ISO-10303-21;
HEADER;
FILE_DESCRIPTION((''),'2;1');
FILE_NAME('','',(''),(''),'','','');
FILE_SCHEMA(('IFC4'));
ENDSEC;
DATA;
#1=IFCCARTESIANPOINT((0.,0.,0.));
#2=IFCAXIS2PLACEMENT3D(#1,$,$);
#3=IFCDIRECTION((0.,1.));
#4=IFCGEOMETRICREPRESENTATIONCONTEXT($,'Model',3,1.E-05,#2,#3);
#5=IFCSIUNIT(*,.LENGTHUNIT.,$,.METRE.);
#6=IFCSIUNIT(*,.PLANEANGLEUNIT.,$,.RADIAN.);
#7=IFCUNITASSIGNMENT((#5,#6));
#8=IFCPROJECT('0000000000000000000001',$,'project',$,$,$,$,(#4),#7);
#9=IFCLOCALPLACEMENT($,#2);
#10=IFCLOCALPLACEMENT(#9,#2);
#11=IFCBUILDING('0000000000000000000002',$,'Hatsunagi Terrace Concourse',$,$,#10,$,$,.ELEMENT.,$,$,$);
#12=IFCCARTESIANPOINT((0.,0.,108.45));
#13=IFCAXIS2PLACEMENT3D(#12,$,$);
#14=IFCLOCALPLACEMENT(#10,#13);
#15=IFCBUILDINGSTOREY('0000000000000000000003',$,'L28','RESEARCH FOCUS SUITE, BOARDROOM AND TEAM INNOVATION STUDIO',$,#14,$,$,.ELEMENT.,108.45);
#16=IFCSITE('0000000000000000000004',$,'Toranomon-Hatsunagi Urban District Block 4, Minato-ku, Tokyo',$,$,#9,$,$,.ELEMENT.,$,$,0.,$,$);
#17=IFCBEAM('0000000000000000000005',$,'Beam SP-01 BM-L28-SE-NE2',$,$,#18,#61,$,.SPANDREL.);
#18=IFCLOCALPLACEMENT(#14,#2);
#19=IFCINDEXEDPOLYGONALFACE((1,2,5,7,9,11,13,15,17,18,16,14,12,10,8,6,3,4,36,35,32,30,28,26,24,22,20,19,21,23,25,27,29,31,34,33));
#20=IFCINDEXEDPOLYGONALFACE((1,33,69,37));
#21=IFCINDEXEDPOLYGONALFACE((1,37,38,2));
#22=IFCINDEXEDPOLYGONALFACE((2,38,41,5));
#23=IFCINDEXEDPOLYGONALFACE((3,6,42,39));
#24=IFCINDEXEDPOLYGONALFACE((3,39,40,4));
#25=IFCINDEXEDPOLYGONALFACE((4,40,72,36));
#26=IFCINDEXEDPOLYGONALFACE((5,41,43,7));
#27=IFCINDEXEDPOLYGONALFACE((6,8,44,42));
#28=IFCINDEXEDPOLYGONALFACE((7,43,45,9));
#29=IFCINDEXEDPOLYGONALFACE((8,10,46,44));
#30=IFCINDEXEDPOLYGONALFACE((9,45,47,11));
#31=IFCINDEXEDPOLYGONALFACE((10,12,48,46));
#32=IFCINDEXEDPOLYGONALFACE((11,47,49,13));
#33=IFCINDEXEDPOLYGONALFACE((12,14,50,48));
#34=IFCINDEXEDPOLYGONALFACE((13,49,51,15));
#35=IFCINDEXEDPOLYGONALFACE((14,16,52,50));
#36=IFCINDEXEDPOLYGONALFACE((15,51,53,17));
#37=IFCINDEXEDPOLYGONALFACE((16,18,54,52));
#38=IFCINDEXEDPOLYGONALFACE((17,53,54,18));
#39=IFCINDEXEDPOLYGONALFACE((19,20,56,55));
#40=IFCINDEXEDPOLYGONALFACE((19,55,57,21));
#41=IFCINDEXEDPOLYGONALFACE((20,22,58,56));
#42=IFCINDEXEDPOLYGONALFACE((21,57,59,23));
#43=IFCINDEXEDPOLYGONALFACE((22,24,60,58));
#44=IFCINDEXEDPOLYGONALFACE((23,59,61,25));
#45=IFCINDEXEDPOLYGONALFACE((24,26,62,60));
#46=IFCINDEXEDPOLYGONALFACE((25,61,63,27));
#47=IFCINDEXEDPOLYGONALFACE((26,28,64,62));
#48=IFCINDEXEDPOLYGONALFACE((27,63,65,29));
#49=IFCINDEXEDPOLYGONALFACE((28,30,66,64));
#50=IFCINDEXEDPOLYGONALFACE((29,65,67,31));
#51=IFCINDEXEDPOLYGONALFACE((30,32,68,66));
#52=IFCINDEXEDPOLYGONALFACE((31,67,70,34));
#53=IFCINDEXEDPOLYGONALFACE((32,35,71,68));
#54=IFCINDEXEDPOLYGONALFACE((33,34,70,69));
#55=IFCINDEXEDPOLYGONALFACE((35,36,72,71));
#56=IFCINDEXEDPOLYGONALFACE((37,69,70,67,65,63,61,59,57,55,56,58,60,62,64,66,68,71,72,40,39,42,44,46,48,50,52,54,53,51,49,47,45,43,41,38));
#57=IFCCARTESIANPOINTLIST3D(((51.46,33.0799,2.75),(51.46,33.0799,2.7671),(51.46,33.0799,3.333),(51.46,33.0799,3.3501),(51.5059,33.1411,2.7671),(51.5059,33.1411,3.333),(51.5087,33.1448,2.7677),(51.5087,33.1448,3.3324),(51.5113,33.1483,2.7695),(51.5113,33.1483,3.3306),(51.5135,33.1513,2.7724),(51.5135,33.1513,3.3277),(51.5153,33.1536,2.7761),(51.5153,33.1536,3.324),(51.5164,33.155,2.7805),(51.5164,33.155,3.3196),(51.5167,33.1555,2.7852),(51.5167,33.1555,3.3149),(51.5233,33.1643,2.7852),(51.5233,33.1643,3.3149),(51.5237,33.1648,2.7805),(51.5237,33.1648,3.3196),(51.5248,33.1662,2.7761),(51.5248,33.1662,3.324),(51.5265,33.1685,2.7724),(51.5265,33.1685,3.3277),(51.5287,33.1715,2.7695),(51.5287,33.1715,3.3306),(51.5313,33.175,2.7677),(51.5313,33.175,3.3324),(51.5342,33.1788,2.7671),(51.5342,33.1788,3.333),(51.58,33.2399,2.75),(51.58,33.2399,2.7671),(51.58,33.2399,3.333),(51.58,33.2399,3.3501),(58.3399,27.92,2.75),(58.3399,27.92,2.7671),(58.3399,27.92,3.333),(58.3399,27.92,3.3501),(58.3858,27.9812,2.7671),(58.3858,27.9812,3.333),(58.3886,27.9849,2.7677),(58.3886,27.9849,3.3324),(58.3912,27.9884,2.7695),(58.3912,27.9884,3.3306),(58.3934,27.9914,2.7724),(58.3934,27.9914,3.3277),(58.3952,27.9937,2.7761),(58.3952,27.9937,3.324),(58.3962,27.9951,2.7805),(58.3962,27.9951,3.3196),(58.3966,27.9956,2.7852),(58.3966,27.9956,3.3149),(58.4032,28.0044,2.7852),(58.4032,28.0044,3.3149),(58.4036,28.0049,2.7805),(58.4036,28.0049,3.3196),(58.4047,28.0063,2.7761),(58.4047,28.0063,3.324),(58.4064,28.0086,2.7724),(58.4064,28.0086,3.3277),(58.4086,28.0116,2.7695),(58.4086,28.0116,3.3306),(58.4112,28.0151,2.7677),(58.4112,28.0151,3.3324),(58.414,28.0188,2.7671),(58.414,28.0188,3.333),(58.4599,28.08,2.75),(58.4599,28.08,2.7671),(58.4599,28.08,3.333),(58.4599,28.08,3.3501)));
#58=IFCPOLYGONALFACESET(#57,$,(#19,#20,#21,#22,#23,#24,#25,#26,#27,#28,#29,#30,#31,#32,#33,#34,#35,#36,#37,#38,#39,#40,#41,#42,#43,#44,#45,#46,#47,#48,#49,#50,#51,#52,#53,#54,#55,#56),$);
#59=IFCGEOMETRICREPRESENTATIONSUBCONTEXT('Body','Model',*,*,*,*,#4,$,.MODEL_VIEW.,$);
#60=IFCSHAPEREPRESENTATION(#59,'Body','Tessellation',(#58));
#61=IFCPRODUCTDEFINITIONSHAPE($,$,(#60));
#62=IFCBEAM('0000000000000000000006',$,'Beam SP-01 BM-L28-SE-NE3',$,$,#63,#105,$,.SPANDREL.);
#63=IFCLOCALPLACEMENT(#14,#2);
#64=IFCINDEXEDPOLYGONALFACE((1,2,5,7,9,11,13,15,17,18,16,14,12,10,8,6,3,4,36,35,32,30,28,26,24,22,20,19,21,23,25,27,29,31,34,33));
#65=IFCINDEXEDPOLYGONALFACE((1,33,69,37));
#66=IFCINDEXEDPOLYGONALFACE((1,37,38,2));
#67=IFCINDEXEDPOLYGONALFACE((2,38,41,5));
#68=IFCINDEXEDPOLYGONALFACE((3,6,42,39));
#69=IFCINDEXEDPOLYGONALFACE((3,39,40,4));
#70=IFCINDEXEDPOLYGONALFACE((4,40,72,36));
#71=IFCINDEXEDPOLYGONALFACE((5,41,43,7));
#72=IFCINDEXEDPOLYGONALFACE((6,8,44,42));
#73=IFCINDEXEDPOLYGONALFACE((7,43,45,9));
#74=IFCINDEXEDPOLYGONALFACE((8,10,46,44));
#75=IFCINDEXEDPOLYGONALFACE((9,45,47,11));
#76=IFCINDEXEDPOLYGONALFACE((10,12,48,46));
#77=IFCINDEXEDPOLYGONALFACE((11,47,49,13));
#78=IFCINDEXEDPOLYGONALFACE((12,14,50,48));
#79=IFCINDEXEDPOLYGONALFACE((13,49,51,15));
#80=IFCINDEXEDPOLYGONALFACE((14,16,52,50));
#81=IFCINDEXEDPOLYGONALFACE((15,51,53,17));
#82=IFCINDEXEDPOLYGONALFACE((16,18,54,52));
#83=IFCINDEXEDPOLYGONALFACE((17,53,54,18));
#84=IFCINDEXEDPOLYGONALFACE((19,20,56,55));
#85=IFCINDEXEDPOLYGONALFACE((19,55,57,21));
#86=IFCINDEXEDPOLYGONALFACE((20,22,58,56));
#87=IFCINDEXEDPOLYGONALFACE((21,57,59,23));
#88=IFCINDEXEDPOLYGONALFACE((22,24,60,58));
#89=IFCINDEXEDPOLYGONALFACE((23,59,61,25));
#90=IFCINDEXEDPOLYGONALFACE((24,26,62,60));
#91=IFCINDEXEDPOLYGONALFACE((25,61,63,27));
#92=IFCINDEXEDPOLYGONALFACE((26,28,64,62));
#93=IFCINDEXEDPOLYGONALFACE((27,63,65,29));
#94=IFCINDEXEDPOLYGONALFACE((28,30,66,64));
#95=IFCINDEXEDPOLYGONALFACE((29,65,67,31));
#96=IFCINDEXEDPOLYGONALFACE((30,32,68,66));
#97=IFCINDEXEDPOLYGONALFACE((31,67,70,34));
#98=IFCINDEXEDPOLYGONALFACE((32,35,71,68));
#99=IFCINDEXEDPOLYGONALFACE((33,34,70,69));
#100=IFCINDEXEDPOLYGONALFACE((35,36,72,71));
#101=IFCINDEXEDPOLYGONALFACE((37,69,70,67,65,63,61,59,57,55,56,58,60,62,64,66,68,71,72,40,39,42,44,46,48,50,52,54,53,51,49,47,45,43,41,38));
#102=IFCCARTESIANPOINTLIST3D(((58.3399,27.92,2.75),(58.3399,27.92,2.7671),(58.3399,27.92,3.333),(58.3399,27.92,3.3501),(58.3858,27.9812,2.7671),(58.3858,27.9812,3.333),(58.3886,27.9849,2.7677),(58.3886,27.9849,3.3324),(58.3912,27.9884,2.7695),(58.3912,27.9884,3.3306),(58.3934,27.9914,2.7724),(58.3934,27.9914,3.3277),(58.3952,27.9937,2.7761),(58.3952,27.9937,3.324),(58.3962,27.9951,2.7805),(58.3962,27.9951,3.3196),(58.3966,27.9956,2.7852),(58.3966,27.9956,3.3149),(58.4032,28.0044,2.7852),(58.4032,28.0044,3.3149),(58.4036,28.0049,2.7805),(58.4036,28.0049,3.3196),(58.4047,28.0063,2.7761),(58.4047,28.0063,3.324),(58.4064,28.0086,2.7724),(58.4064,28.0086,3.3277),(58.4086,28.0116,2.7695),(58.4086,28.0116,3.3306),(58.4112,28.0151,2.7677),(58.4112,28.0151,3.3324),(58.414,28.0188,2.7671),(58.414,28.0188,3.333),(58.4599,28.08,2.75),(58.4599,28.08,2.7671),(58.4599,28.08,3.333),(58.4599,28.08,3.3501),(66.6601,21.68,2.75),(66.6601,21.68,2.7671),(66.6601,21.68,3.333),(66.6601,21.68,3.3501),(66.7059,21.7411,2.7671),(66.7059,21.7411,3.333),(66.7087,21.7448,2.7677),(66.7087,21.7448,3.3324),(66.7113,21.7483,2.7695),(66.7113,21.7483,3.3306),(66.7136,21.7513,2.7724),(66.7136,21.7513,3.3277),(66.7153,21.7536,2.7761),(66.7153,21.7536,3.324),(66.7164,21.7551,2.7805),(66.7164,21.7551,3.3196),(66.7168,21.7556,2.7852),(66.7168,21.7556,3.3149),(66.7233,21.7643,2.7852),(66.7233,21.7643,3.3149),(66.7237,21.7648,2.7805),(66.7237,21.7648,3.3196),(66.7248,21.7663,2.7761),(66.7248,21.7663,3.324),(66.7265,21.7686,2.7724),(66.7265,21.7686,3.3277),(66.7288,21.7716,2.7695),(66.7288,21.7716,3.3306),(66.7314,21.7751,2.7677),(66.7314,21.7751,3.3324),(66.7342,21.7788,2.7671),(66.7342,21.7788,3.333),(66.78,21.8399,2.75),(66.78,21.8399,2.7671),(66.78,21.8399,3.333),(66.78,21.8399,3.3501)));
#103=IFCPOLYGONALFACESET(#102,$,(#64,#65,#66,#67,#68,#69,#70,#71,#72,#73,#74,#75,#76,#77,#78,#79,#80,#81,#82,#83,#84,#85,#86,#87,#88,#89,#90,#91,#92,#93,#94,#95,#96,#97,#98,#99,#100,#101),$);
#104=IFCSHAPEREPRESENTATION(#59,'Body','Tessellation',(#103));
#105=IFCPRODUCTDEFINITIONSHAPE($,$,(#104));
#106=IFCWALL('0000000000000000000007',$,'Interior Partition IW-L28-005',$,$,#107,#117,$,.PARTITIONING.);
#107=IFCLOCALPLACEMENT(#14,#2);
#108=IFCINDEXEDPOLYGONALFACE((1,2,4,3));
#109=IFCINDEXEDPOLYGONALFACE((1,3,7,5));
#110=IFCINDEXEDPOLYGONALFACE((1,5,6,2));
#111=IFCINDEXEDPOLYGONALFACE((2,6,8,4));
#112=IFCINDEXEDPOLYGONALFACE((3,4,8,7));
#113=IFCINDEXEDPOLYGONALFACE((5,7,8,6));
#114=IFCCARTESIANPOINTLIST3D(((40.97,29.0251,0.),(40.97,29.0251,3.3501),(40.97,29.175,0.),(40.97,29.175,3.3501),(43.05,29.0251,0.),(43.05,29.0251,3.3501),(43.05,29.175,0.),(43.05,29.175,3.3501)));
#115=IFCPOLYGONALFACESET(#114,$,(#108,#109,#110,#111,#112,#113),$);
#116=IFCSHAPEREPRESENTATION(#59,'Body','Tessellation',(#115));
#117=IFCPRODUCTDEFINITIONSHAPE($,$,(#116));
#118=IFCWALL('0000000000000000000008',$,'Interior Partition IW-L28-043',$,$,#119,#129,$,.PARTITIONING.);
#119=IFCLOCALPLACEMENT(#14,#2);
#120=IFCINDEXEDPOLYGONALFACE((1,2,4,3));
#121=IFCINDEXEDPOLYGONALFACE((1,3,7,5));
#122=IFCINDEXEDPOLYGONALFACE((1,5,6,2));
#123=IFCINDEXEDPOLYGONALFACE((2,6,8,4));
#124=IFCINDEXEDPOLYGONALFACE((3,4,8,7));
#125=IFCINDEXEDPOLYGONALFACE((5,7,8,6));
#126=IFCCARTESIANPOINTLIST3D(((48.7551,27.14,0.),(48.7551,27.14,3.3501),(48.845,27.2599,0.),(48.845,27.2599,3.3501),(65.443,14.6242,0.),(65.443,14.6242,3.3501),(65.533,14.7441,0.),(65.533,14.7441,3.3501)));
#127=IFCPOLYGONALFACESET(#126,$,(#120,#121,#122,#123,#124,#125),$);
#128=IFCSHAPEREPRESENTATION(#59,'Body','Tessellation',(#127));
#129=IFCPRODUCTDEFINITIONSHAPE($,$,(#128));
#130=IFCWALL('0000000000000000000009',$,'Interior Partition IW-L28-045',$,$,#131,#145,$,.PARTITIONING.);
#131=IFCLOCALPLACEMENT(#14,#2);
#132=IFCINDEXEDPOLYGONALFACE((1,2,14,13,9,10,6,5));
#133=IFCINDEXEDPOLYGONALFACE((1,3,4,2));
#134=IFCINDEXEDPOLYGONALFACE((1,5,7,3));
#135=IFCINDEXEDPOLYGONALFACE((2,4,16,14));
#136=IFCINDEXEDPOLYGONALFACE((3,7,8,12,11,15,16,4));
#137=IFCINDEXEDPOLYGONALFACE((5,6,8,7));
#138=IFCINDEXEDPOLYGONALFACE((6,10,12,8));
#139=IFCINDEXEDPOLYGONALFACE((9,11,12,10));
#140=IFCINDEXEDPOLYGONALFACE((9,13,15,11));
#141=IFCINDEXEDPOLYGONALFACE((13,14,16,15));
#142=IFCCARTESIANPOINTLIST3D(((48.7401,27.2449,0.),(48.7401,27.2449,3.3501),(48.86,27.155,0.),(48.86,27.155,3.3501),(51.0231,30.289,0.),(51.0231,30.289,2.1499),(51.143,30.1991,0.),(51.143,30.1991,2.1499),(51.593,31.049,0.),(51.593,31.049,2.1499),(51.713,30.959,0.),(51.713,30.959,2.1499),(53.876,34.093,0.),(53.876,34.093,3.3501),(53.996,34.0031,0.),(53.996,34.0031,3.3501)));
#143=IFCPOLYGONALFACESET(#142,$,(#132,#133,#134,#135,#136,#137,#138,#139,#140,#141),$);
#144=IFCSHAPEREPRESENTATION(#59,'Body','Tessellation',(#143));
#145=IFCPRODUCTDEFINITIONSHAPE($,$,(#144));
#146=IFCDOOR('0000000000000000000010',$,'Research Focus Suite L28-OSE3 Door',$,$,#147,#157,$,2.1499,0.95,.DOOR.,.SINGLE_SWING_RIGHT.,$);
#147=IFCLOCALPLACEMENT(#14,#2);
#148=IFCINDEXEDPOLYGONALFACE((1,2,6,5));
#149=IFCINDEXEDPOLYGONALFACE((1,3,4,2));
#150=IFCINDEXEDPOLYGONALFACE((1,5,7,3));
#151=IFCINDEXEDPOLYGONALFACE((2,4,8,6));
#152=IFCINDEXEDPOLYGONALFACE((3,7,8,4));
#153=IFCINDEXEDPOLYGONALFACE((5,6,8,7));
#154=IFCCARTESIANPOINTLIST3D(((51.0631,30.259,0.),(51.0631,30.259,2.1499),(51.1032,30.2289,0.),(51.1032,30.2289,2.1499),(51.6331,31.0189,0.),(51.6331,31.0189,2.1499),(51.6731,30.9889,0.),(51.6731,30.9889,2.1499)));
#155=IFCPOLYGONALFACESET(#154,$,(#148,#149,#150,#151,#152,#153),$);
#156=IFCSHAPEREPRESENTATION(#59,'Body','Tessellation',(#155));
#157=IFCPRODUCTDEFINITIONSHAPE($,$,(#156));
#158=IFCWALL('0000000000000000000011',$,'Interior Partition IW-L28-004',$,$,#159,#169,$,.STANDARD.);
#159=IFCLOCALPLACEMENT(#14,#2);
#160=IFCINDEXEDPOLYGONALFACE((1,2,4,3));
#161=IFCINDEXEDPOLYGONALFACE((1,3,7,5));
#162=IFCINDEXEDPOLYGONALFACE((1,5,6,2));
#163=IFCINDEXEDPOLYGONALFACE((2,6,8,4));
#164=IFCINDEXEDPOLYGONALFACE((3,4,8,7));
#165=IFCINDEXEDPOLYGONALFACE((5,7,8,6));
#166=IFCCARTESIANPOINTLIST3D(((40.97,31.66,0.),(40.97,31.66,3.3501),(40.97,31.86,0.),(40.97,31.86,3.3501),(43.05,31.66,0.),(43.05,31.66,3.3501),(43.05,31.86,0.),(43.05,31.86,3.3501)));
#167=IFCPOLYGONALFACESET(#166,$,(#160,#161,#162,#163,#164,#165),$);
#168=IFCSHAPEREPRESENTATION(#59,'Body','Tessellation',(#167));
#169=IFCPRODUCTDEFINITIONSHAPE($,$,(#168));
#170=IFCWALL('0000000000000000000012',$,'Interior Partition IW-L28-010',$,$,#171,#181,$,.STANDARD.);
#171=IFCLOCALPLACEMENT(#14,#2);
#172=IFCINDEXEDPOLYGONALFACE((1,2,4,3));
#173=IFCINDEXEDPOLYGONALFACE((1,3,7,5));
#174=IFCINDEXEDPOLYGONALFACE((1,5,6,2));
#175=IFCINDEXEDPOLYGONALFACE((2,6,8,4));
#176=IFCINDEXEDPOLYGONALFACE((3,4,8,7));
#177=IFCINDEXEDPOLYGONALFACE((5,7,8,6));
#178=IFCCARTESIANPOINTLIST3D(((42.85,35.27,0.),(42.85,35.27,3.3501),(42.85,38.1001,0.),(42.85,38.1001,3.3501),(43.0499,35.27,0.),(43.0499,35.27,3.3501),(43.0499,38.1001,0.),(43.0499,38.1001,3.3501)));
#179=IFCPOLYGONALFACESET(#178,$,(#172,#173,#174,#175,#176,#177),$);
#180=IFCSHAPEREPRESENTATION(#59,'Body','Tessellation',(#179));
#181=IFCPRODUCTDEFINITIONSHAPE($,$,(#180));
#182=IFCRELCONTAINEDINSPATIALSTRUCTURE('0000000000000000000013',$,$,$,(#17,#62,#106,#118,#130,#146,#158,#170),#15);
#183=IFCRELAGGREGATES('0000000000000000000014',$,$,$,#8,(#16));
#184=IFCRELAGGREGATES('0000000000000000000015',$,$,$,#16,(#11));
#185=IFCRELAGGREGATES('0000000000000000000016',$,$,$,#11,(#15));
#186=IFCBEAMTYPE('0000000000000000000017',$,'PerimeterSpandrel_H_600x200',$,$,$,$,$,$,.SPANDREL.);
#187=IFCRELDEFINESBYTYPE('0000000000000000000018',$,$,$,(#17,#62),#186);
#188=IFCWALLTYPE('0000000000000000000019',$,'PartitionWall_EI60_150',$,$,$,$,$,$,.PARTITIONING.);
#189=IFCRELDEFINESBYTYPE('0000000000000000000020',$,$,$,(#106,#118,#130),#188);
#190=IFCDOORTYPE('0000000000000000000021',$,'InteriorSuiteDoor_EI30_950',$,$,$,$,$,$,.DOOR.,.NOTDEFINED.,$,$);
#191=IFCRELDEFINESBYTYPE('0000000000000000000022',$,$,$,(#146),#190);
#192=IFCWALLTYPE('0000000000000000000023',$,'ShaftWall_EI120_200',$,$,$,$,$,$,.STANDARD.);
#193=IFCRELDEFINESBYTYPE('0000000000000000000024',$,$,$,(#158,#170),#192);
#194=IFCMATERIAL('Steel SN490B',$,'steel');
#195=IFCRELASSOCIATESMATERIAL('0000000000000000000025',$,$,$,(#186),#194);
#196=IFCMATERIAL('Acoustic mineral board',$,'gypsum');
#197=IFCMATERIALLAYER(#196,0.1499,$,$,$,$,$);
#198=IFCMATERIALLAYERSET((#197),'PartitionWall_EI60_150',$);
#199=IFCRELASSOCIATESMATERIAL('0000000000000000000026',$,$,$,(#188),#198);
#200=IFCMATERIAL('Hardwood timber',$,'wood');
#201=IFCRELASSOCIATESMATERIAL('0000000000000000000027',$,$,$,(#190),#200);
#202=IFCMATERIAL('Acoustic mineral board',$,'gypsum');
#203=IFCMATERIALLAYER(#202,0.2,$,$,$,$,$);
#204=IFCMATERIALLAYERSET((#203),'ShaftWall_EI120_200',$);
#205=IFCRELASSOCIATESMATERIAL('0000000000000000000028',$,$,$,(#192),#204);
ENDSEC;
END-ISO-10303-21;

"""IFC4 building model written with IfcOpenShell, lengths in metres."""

from ifc_helpers import new_model, si_unit, direction, frame, frame_2d, origin, origin_2d, place, context, subcontext, project, spatial, rectangle, i_section, extrude, material, layer, layer_set, material_profile, profile_set, type_object, element, fill, save


model = new_model("IFC4")

# Units and contexts
model_context = context("Model", 3, precision=1e-05, world=origin(), true_north=direction((0.0, 1.0)))
body_context = subcontext(model_context, "Body", "Model", "MODEL_VIEW")
ifc_project = project(units=[si_unit("LENGTHUNIT", "METRE"), si_unit("PLANEANGLEUNIT", "RADIAN")], contexts=[model_context])

# Site, building, storey
site_placement = place(None, origin())
site = spatial("IfcSite", under=ifc_project, at=site_placement, Name="Toranomon-Hatsunagi Urban District Block 4, Minato-ku, Tokyo", CompositionType="ELEMENT", RefElevation=0.0)
building_placement = place(site_placement, origin())
building = spatial("IfcBuilding", under=site, at=building_placement, Name="Hatsunagi Terrace Concourse", CompositionType="ELEMENT")
storey_placement = place(building_placement, frame((0.0, 0.0, 108.45)))
storey = spatial("IfcBuildingStorey", under=building, at=storey_placement, Name="L28", Description="RESEARCH FOCUS SUITE, BOARDROOM AND TEAM INNOVATION STUDIO", CompositionType="ELEMENT", Elevation=108.45)

# Beams
ifc_material_1 = material(Name="Steel SN490B", Category="steel")
ifc_material_profile_1 = material_profile(ifc_material_1, i_section(OverallWidth=0.2, OverallDepth=0.6001, WebThickness=0.011, FlangeThickness=0.0171, FilletRadius=0.0181, at=origin_2d()), Name="H-600x200x11x17")
ifc_profile_set_1 = profile_set([ifc_material_profile_1], Name="Steel SN490B")
beam_type_1 = type_object("IfcBeamType", Name="PerimeterSpandrel_H_600x200", PredefinedType="SPANDREL", material=ifc_profile_set_1)
beam_1_placement = place(storey_placement, frame((51.52, 33.1599, 3.05), z_axis=(0.8, -0.6, 0.0), x_axis=(0.6, 0.8, 0.0)))
element("IfcBeam", 1, at=beam_1_placement, inside=storey, type_object=beam_type_1, Name="Beam SP-01 BM-L28-SE-NE2", PredefinedType="SPANDREL", context=body_context, shape_type="SweptSolid", body=[
    extrude(i_section(OverallWidth=0.2, OverallDepth=0.6001, WebThickness=0.011, FlangeThickness=0.0171, FilletRadius=0.0181, at=origin_2d()), origin(), (0.0, 0.0, 1.0), 8.5999),
])
beam_2_placement = place(storey_placement, frame((58.3999, 28.0, 3.05), z_axis=(0.800003, -0.599996, 0.0), x_axis=(0.599996, 0.800003, 0.0)))
element("IfcBeam", 2, at=beam_2_placement, inside=storey, type_object=beam_type_1, Name="Beam SP-01 BM-L28-SE-NE3", PredefinedType="SPANDREL", context=body_context, shape_type="SweptSolid", body=[
    extrude(i_section(OverallWidth=0.2, OverallDepth=0.6001, WebThickness=0.011, FlangeThickness=0.0171, FilletRadius=0.0181, at=origin_2d()), origin(), (0.0, 0.0, 1.0), 10.4001),
])

# Walls
ifc_material_2 = material(Name="Acoustic mineral board", Category="gypsum")
ifc_layer_1 = layer(ifc_material_2, 0.1499)
ifc_layer_set_1 = layer_set([ifc_layer_1], Name="PartitionWall_EI60_150")
wall_type_1 = type_object("IfcWallType", Name="PartitionWall_EI60_150", PredefinedType="PARTITIONING", material=ifc_layer_set_1)
wall_1_placement = place(storey_placement, frame((40.97, 29.1001, 0.0), z_axis=(0.0, 0.0, 1.0), x_axis=(1.0, 0.0, 0.0)))
element("IfcWall", 3, at=wall_1_placement, inside=storey, type_object=wall_type_1, Name="Interior Partition IW-L28-005", PredefinedType="PARTITIONING", context=body_context, shape_type="SweptSolid", body=[
    extrude(rectangle(XDim=2.0801, YDim=0.1499, at=frame_2d((1.04, 0.0))), origin(), (0.0, 0.0, 1.0), 3.3501),
])
wall_2_placement = place(storey_placement, frame((48.8, 27.2, 0.0), z_axis=(0.0, 0.0, 1.0), x_axis=(0.800003, -0.599996, 0.0)))
element("IfcWall", 4, at=wall_2_placement, inside=storey, type_object=wall_type_1, Name="Interior Partition IW-L28-043", PredefinedType="PARTITIONING", context=body_context, shape_type="SweptSolid", body=[
    extrude(rectangle(XDim=20.8599, YDim=0.1499, at=frame_2d((10.4299, 0.0))), origin(), (0.0, 0.0, 1.0), 3.3501),
])

# Wall, opening, door
wall_3_placement = place(storey_placement, frame((48.8, 27.2, 0.0), z_axis=(0.0, 0.0, 1.0), x_axis=(0.599991, 0.800007, 0.0)))
wall_3 = element("IfcWall", 5, at=wall_3_placement, inside=storey, type_object=wall_type_1, Name="Interior Partition IW-L28-045", PredefinedType="PARTITIONING", context=body_context, shape_type="SweptSolid", body=[
    extrude(rectangle(XDim=8.5601, YDim=0.1499, at=frame_2d((4.28, 0.0))), origin(), (0.0, 0.0, 1.0), 3.3501),
])
opening_1_placement = place(wall_3_placement, frame((3.8049, 0.0, 0.0)))
opening_1 = element("IfcOpeningElement", 6, at=opening_1_placement, cuts=wall_3, PredefinedType="OPENING", context=body_context, shape_type="SweptSolid", body=[
    extrude(rectangle(XDim=0.95, YDim=2.1499, at=frame_2d((0.4751, 1.075))), frame((0.0, 0.085, 0.0), z_axis=(0.0, -1.0, 0.0), x_axis=(1.0, 0.0, 0.0)), (0.0, 0.0, 1.0), 0.1699),
])
ifc_material_3 = material(Name="Hardwood timber", Category="wood")
door_type_1 = type_object("IfcDoorType", Name="InteriorSuiteDoor_EI30_950", OperationType="NOTDEFINED", PredefinedType="DOOR", material=ifc_material_3)
door_1_placement = place(opening_1_placement, origin())
door_1 = element("IfcDoor", 7, at=door_1_placement, inside=storey, type_object=door_type_1, Name="Research Focus Suite L28-OSE3 Door", OperationType="SINGLE_SWING_RIGHT", OverallHeight=2.1499, OverallWidth=0.95, PredefinedType="DOOR", context=body_context, shape_type="SweptSolid", body=[
    extrude(rectangle(XDim=0.95, YDim=2.1499, at=frame_2d((0.4751, 1.075))), frame((0.0, 0.0249, 0.0), z_axis=(0.0, -1.0, 0.0), x_axis=(1.0, 0.0, 0.0)), (0.0, 0.0, 1.0), 0.05),
])
fill(opening_1, door_1)

# Walls
ifc_material_4 = material(Name="Acoustic mineral board", Category="gypsum")
ifc_layer_2 = layer(ifc_material_4, 0.2)
ifc_layer_set_2 = layer_set([ifc_layer_2], Name="ShaftWall_EI120_200")
wall_type_2 = type_object("IfcWallType", Name="ShaftWall_EI120_200", PredefinedType="STANDARD", material=ifc_layer_set_2)
wall_4_placement = place(storey_placement, frame((40.97, 31.76, 0.0), z_axis=(0.0, 0.0, 1.0), x_axis=(1.0, 0.0, 0.0)))
element("IfcWall", 8, at=wall_4_placement, inside=storey, type_object=wall_type_2, Name="Interior Partition IW-L28-004", PredefinedType="STANDARD", context=body_context, shape_type="SweptSolid", body=[
    extrude(rectangle(XDim=2.0801, YDim=0.2, at=frame_2d((1.04, 0.0))), origin(), (0.0, 0.0, 1.0), 3.3501),
])
wall_5_placement = place(storey_placement, frame((42.95, 35.27, 0.0), z_axis=(0.0, 0.0, 1.0), x_axis=(0.0, 1.0, 0.0)))
element("IfcWall", 9, at=wall_5_placement, inside=storey, type_object=wall_type_2, Name="Interior Partition IW-L28-010", PredefinedType="STANDARD", context=body_context, shape_type="SweptSolid", body=[
    extrude(rectangle(XDim=2.8301, YDim=0.2, at=frame_2d((1.415, 0.0))), origin(), (0.0, 0.0, 1.0), 3.3501),
])

save(model, "model.ifc")
